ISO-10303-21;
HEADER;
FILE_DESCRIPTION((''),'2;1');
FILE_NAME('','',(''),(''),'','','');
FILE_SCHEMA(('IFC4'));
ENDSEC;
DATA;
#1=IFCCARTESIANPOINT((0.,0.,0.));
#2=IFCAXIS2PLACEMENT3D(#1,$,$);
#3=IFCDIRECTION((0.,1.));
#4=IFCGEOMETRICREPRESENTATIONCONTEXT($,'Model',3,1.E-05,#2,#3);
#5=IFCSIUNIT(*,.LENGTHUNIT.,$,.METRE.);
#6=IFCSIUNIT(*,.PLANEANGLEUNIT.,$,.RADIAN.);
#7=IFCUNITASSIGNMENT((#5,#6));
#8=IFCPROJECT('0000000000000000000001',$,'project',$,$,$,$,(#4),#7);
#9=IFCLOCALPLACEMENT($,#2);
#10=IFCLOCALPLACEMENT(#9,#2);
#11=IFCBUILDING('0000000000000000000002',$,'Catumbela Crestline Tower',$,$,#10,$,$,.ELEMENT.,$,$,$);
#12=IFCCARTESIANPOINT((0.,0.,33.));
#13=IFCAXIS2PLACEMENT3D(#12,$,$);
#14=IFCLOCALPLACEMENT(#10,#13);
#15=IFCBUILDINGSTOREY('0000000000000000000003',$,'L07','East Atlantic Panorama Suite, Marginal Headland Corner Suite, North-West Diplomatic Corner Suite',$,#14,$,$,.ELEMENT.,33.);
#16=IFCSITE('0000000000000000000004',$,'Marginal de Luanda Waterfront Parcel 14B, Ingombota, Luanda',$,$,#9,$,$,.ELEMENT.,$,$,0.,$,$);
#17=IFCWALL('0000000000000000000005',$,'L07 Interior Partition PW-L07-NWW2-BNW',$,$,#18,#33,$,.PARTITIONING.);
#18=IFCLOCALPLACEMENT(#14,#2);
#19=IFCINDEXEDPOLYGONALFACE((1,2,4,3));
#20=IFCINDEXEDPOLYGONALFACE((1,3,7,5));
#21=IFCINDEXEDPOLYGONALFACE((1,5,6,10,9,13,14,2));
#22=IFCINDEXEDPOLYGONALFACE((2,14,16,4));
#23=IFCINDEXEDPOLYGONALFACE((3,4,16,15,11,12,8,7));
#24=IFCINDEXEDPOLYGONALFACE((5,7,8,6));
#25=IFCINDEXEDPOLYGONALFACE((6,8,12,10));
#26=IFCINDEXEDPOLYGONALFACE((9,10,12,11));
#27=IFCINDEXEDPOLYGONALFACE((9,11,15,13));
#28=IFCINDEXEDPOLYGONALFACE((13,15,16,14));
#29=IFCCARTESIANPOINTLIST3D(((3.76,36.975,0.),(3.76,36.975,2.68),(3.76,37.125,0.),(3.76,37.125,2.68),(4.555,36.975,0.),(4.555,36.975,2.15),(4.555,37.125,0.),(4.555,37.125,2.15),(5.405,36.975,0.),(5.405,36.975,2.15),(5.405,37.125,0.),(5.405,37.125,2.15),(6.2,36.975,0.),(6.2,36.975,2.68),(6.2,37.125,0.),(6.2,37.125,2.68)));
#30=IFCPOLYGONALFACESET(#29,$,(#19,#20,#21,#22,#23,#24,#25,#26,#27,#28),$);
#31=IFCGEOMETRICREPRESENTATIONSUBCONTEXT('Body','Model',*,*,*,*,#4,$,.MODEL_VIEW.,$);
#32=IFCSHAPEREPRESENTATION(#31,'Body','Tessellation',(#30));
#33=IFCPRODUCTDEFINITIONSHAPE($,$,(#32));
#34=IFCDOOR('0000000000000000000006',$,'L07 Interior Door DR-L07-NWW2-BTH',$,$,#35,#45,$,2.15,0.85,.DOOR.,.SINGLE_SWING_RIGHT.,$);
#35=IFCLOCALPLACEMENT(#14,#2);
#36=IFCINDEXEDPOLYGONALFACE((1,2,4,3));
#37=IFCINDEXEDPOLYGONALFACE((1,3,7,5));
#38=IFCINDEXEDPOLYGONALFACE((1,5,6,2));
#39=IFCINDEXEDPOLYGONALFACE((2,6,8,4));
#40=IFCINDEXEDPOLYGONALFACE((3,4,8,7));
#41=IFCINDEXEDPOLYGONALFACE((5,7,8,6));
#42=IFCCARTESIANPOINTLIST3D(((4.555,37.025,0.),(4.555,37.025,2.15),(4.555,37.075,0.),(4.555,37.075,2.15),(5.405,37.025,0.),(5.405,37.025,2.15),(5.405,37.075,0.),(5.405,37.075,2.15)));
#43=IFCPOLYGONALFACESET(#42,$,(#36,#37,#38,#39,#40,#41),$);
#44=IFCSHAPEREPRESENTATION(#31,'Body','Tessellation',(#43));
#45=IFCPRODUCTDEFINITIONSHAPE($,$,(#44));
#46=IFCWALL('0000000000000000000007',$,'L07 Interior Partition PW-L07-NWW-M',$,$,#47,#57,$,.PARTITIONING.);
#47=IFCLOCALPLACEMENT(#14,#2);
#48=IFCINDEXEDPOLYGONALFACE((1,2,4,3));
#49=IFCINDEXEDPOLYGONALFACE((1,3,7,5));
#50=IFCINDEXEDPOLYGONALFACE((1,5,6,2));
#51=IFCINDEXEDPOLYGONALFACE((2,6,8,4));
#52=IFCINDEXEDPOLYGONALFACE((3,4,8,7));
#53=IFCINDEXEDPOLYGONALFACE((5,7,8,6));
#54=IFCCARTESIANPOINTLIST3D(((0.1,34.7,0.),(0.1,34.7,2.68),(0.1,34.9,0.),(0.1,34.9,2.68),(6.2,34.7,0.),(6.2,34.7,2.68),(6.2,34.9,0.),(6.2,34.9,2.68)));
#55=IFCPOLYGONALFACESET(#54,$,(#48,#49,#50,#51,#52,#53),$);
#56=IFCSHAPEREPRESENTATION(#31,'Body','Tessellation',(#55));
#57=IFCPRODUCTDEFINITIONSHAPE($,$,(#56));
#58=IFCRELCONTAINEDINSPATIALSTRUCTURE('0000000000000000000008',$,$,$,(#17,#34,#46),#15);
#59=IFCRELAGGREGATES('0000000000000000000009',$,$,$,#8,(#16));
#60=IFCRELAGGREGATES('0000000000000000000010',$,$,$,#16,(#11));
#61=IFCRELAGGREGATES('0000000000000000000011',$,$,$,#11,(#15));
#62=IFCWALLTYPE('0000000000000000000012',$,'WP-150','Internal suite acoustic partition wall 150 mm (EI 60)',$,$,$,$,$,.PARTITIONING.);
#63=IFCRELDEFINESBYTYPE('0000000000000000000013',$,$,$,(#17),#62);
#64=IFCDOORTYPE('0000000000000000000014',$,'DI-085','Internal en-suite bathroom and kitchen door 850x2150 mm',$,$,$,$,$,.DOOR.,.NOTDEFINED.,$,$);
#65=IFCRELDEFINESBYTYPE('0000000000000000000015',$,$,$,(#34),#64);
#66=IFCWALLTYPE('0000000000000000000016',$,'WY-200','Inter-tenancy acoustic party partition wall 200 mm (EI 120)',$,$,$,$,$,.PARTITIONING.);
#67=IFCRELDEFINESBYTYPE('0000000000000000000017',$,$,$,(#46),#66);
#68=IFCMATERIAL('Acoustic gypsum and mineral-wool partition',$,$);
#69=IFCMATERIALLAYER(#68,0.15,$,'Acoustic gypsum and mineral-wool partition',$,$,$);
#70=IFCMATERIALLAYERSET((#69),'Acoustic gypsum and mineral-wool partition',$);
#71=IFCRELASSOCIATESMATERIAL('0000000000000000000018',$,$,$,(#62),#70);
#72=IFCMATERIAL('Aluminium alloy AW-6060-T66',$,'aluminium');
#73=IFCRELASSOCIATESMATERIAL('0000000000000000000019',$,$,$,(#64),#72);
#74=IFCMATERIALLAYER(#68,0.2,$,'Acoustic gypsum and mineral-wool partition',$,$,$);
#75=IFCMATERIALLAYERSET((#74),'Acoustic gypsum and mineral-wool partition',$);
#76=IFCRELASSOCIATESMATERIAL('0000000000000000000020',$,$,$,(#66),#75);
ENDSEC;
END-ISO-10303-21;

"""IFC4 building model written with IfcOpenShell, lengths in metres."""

from ifc_helpers import new_model, si_unit, direction, frame, frame_2d, origin, place, context, subcontext, project, spatial, rectangle, extrude, material, layer, layer_set, type_object, element, fill, save


model = new_model("IFC4")

# Units and contexts
model_context = context("Model", 3, precision=1e-05, world=origin(), true_north=direction((0.0, 1.0)))
body_context = subcontext(model_context, "Body", "Model", "MODEL_VIEW")
ifc_project = project(units=[si_unit("LENGTHUNIT", "METRE"), si_unit("PLANEANGLEUNIT", "RADIAN")], contexts=[model_context])

# Site, building, storey
site_placement = place(None, origin())
site = spatial("IfcSite", under=ifc_project, at=site_placement, Name="Marginal de Luanda Waterfront Parcel 14B, Ingombota, Luanda", CompositionType="ELEMENT", RefElevation=0.0)
building_placement = place(site_placement, origin())
building = spatial("IfcBuilding", under=site, at=building_placement, Name="Catumbela Crestline Tower", CompositionType="ELEMENT")
storey_placement = place(building_placement, frame((0.0, 0.0, 33.0)))
storey = spatial("IfcBuildingStorey", under=building, at=storey_placement, Name="L07", Description="East Atlantic Panorama Suite, Marginal Headland Corner Suite, North-West Diplomatic Corner Suite", CompositionType="ELEMENT", Elevation=33.0)

# Shared definitions
ifc_material_1 = material(Name="Aluminium alloy AW-6060-T66", Category="aluminium")

# Shared definitions
ifc_material_2 = material(Name="Acoustic gypsum and mineral-wool partition")

# Shared definitions
ifc_layer_1 = layer(ifc_material_2, 0.15, Name="Acoustic gypsum and mineral-wool partition")
ifc_layer_set_1 = layer_set([ifc_layer_1], Name="Acoustic gypsum and mineral-wool partition")
wall_type_1 = type_object("IfcWallType", Name="WP-150", Description="Internal suite acoustic partition wall 150 mm (EI 60)", PredefinedType="PARTITIONING", material=ifc_layer_set_1)

# Wall, opening, door
wall_1_placement = place(storey_placement, frame((3.76, 37.05, 0.0), z_axis=(0.0, 0.0, 1.0), x_axis=(1.0, 0.0, 0.0)))
wall_1 = element("IfcWall", 1, at=wall_1_placement, inside=storey, type_object=wall_type_1, Name="L07 Interior Partition PW-L07-NWW2-BNW", PredefinedType="PARTITIONING", context=body_context, shape_type="SweptSolid", body=[
    extrude(rectangle(XDim=2.44, YDim=0.15, at=frame_2d((1.22, 0.0))), origin(), (0.0, 0.0, 1.0), 2.68),
])
opening_1_placement = place(wall_1_placement, frame((0.795, 0.0, 0.0)))
opening_1 = element("IfcOpeningElement", 2, at=opening_1_placement, cuts=wall_1, PredefinedType="OPENING", context=body_context, shape_type="SweptSolid", body=[
    extrude(rectangle(XDim=0.85, YDim=2.15, at=frame_2d((0.425, 1.075))), frame((0.0, 0.085, 0.0), z_axis=(0.0, -1.0, 0.0), x_axis=(1.0, 0.0, 0.0)), (0.0, 0.0, 1.0), 0.17),
])
door_type_1 = type_object("IfcDoorType", Name="DI-085", Description="Internal en-suite bathroom and kitchen door 850x2150 mm", OperationType="NOTDEFINED", PredefinedType="DOOR", material=ifc_material_1)
door_1_placement = place(opening_1_placement, origin())
door_1 = element("IfcDoor", 3, at=door_1_placement, inside=storey, type_object=door_type_1, Name="L07 Interior Door DR-L07-NWW2-BTH", OperationType="SINGLE_SWING_RIGHT", OverallHeight=2.15, OverallWidth=0.85, PredefinedType="DOOR", context=body_context, shape_type="SweptSolid", body=[
    extrude(rectangle(XDim=0.85, YDim=2.15, at=frame_2d((0.425, 1.075))), frame((0.0, 0.025, 0.0), z_axis=(0.0, -1.0, 0.0), x_axis=(1.0, 0.0, 0.0)), (0.0, 0.0, 1.0), 0.05),
])
fill(opening_1, door_1)

# Wall
ifc_layer_2 = layer(ifc_material_2, 0.2, Name="Acoustic gypsum and mineral-wool partition")
ifc_layer_set_2 = layer_set([ifc_layer_2], Name="Acoustic gypsum and mineral-wool partition")
wall_type_2 = type_object("IfcWallType", Name="WY-200", Description="Inter-tenancy acoustic party partition wall 200 mm (EI 120)", PredefinedType="PARTITIONING", material=ifc_layer_set_2)
wall_2_placement = place(storey_placement, frame((0.1, 34.8, 0.0), z_axis=(0.0, 0.0, 1.0), x_axis=(1.0, 0.0, 0.0)))
element("IfcWall", 4, at=wall_2_placement, inside=storey, type_object=wall_type_2, Name="L07 Interior Partition PW-L07-NWW-M", PredefinedType="PARTITIONING", context=body_context, shape_type="SweptSolid", body=[
    extrude(rectangle(XDim=6.1, YDim=0.2, at=frame_2d((3.05, 0.0))), origin(), (0.0, 0.0, 1.0), 2.68),
])

save(model, "model.ifc")
